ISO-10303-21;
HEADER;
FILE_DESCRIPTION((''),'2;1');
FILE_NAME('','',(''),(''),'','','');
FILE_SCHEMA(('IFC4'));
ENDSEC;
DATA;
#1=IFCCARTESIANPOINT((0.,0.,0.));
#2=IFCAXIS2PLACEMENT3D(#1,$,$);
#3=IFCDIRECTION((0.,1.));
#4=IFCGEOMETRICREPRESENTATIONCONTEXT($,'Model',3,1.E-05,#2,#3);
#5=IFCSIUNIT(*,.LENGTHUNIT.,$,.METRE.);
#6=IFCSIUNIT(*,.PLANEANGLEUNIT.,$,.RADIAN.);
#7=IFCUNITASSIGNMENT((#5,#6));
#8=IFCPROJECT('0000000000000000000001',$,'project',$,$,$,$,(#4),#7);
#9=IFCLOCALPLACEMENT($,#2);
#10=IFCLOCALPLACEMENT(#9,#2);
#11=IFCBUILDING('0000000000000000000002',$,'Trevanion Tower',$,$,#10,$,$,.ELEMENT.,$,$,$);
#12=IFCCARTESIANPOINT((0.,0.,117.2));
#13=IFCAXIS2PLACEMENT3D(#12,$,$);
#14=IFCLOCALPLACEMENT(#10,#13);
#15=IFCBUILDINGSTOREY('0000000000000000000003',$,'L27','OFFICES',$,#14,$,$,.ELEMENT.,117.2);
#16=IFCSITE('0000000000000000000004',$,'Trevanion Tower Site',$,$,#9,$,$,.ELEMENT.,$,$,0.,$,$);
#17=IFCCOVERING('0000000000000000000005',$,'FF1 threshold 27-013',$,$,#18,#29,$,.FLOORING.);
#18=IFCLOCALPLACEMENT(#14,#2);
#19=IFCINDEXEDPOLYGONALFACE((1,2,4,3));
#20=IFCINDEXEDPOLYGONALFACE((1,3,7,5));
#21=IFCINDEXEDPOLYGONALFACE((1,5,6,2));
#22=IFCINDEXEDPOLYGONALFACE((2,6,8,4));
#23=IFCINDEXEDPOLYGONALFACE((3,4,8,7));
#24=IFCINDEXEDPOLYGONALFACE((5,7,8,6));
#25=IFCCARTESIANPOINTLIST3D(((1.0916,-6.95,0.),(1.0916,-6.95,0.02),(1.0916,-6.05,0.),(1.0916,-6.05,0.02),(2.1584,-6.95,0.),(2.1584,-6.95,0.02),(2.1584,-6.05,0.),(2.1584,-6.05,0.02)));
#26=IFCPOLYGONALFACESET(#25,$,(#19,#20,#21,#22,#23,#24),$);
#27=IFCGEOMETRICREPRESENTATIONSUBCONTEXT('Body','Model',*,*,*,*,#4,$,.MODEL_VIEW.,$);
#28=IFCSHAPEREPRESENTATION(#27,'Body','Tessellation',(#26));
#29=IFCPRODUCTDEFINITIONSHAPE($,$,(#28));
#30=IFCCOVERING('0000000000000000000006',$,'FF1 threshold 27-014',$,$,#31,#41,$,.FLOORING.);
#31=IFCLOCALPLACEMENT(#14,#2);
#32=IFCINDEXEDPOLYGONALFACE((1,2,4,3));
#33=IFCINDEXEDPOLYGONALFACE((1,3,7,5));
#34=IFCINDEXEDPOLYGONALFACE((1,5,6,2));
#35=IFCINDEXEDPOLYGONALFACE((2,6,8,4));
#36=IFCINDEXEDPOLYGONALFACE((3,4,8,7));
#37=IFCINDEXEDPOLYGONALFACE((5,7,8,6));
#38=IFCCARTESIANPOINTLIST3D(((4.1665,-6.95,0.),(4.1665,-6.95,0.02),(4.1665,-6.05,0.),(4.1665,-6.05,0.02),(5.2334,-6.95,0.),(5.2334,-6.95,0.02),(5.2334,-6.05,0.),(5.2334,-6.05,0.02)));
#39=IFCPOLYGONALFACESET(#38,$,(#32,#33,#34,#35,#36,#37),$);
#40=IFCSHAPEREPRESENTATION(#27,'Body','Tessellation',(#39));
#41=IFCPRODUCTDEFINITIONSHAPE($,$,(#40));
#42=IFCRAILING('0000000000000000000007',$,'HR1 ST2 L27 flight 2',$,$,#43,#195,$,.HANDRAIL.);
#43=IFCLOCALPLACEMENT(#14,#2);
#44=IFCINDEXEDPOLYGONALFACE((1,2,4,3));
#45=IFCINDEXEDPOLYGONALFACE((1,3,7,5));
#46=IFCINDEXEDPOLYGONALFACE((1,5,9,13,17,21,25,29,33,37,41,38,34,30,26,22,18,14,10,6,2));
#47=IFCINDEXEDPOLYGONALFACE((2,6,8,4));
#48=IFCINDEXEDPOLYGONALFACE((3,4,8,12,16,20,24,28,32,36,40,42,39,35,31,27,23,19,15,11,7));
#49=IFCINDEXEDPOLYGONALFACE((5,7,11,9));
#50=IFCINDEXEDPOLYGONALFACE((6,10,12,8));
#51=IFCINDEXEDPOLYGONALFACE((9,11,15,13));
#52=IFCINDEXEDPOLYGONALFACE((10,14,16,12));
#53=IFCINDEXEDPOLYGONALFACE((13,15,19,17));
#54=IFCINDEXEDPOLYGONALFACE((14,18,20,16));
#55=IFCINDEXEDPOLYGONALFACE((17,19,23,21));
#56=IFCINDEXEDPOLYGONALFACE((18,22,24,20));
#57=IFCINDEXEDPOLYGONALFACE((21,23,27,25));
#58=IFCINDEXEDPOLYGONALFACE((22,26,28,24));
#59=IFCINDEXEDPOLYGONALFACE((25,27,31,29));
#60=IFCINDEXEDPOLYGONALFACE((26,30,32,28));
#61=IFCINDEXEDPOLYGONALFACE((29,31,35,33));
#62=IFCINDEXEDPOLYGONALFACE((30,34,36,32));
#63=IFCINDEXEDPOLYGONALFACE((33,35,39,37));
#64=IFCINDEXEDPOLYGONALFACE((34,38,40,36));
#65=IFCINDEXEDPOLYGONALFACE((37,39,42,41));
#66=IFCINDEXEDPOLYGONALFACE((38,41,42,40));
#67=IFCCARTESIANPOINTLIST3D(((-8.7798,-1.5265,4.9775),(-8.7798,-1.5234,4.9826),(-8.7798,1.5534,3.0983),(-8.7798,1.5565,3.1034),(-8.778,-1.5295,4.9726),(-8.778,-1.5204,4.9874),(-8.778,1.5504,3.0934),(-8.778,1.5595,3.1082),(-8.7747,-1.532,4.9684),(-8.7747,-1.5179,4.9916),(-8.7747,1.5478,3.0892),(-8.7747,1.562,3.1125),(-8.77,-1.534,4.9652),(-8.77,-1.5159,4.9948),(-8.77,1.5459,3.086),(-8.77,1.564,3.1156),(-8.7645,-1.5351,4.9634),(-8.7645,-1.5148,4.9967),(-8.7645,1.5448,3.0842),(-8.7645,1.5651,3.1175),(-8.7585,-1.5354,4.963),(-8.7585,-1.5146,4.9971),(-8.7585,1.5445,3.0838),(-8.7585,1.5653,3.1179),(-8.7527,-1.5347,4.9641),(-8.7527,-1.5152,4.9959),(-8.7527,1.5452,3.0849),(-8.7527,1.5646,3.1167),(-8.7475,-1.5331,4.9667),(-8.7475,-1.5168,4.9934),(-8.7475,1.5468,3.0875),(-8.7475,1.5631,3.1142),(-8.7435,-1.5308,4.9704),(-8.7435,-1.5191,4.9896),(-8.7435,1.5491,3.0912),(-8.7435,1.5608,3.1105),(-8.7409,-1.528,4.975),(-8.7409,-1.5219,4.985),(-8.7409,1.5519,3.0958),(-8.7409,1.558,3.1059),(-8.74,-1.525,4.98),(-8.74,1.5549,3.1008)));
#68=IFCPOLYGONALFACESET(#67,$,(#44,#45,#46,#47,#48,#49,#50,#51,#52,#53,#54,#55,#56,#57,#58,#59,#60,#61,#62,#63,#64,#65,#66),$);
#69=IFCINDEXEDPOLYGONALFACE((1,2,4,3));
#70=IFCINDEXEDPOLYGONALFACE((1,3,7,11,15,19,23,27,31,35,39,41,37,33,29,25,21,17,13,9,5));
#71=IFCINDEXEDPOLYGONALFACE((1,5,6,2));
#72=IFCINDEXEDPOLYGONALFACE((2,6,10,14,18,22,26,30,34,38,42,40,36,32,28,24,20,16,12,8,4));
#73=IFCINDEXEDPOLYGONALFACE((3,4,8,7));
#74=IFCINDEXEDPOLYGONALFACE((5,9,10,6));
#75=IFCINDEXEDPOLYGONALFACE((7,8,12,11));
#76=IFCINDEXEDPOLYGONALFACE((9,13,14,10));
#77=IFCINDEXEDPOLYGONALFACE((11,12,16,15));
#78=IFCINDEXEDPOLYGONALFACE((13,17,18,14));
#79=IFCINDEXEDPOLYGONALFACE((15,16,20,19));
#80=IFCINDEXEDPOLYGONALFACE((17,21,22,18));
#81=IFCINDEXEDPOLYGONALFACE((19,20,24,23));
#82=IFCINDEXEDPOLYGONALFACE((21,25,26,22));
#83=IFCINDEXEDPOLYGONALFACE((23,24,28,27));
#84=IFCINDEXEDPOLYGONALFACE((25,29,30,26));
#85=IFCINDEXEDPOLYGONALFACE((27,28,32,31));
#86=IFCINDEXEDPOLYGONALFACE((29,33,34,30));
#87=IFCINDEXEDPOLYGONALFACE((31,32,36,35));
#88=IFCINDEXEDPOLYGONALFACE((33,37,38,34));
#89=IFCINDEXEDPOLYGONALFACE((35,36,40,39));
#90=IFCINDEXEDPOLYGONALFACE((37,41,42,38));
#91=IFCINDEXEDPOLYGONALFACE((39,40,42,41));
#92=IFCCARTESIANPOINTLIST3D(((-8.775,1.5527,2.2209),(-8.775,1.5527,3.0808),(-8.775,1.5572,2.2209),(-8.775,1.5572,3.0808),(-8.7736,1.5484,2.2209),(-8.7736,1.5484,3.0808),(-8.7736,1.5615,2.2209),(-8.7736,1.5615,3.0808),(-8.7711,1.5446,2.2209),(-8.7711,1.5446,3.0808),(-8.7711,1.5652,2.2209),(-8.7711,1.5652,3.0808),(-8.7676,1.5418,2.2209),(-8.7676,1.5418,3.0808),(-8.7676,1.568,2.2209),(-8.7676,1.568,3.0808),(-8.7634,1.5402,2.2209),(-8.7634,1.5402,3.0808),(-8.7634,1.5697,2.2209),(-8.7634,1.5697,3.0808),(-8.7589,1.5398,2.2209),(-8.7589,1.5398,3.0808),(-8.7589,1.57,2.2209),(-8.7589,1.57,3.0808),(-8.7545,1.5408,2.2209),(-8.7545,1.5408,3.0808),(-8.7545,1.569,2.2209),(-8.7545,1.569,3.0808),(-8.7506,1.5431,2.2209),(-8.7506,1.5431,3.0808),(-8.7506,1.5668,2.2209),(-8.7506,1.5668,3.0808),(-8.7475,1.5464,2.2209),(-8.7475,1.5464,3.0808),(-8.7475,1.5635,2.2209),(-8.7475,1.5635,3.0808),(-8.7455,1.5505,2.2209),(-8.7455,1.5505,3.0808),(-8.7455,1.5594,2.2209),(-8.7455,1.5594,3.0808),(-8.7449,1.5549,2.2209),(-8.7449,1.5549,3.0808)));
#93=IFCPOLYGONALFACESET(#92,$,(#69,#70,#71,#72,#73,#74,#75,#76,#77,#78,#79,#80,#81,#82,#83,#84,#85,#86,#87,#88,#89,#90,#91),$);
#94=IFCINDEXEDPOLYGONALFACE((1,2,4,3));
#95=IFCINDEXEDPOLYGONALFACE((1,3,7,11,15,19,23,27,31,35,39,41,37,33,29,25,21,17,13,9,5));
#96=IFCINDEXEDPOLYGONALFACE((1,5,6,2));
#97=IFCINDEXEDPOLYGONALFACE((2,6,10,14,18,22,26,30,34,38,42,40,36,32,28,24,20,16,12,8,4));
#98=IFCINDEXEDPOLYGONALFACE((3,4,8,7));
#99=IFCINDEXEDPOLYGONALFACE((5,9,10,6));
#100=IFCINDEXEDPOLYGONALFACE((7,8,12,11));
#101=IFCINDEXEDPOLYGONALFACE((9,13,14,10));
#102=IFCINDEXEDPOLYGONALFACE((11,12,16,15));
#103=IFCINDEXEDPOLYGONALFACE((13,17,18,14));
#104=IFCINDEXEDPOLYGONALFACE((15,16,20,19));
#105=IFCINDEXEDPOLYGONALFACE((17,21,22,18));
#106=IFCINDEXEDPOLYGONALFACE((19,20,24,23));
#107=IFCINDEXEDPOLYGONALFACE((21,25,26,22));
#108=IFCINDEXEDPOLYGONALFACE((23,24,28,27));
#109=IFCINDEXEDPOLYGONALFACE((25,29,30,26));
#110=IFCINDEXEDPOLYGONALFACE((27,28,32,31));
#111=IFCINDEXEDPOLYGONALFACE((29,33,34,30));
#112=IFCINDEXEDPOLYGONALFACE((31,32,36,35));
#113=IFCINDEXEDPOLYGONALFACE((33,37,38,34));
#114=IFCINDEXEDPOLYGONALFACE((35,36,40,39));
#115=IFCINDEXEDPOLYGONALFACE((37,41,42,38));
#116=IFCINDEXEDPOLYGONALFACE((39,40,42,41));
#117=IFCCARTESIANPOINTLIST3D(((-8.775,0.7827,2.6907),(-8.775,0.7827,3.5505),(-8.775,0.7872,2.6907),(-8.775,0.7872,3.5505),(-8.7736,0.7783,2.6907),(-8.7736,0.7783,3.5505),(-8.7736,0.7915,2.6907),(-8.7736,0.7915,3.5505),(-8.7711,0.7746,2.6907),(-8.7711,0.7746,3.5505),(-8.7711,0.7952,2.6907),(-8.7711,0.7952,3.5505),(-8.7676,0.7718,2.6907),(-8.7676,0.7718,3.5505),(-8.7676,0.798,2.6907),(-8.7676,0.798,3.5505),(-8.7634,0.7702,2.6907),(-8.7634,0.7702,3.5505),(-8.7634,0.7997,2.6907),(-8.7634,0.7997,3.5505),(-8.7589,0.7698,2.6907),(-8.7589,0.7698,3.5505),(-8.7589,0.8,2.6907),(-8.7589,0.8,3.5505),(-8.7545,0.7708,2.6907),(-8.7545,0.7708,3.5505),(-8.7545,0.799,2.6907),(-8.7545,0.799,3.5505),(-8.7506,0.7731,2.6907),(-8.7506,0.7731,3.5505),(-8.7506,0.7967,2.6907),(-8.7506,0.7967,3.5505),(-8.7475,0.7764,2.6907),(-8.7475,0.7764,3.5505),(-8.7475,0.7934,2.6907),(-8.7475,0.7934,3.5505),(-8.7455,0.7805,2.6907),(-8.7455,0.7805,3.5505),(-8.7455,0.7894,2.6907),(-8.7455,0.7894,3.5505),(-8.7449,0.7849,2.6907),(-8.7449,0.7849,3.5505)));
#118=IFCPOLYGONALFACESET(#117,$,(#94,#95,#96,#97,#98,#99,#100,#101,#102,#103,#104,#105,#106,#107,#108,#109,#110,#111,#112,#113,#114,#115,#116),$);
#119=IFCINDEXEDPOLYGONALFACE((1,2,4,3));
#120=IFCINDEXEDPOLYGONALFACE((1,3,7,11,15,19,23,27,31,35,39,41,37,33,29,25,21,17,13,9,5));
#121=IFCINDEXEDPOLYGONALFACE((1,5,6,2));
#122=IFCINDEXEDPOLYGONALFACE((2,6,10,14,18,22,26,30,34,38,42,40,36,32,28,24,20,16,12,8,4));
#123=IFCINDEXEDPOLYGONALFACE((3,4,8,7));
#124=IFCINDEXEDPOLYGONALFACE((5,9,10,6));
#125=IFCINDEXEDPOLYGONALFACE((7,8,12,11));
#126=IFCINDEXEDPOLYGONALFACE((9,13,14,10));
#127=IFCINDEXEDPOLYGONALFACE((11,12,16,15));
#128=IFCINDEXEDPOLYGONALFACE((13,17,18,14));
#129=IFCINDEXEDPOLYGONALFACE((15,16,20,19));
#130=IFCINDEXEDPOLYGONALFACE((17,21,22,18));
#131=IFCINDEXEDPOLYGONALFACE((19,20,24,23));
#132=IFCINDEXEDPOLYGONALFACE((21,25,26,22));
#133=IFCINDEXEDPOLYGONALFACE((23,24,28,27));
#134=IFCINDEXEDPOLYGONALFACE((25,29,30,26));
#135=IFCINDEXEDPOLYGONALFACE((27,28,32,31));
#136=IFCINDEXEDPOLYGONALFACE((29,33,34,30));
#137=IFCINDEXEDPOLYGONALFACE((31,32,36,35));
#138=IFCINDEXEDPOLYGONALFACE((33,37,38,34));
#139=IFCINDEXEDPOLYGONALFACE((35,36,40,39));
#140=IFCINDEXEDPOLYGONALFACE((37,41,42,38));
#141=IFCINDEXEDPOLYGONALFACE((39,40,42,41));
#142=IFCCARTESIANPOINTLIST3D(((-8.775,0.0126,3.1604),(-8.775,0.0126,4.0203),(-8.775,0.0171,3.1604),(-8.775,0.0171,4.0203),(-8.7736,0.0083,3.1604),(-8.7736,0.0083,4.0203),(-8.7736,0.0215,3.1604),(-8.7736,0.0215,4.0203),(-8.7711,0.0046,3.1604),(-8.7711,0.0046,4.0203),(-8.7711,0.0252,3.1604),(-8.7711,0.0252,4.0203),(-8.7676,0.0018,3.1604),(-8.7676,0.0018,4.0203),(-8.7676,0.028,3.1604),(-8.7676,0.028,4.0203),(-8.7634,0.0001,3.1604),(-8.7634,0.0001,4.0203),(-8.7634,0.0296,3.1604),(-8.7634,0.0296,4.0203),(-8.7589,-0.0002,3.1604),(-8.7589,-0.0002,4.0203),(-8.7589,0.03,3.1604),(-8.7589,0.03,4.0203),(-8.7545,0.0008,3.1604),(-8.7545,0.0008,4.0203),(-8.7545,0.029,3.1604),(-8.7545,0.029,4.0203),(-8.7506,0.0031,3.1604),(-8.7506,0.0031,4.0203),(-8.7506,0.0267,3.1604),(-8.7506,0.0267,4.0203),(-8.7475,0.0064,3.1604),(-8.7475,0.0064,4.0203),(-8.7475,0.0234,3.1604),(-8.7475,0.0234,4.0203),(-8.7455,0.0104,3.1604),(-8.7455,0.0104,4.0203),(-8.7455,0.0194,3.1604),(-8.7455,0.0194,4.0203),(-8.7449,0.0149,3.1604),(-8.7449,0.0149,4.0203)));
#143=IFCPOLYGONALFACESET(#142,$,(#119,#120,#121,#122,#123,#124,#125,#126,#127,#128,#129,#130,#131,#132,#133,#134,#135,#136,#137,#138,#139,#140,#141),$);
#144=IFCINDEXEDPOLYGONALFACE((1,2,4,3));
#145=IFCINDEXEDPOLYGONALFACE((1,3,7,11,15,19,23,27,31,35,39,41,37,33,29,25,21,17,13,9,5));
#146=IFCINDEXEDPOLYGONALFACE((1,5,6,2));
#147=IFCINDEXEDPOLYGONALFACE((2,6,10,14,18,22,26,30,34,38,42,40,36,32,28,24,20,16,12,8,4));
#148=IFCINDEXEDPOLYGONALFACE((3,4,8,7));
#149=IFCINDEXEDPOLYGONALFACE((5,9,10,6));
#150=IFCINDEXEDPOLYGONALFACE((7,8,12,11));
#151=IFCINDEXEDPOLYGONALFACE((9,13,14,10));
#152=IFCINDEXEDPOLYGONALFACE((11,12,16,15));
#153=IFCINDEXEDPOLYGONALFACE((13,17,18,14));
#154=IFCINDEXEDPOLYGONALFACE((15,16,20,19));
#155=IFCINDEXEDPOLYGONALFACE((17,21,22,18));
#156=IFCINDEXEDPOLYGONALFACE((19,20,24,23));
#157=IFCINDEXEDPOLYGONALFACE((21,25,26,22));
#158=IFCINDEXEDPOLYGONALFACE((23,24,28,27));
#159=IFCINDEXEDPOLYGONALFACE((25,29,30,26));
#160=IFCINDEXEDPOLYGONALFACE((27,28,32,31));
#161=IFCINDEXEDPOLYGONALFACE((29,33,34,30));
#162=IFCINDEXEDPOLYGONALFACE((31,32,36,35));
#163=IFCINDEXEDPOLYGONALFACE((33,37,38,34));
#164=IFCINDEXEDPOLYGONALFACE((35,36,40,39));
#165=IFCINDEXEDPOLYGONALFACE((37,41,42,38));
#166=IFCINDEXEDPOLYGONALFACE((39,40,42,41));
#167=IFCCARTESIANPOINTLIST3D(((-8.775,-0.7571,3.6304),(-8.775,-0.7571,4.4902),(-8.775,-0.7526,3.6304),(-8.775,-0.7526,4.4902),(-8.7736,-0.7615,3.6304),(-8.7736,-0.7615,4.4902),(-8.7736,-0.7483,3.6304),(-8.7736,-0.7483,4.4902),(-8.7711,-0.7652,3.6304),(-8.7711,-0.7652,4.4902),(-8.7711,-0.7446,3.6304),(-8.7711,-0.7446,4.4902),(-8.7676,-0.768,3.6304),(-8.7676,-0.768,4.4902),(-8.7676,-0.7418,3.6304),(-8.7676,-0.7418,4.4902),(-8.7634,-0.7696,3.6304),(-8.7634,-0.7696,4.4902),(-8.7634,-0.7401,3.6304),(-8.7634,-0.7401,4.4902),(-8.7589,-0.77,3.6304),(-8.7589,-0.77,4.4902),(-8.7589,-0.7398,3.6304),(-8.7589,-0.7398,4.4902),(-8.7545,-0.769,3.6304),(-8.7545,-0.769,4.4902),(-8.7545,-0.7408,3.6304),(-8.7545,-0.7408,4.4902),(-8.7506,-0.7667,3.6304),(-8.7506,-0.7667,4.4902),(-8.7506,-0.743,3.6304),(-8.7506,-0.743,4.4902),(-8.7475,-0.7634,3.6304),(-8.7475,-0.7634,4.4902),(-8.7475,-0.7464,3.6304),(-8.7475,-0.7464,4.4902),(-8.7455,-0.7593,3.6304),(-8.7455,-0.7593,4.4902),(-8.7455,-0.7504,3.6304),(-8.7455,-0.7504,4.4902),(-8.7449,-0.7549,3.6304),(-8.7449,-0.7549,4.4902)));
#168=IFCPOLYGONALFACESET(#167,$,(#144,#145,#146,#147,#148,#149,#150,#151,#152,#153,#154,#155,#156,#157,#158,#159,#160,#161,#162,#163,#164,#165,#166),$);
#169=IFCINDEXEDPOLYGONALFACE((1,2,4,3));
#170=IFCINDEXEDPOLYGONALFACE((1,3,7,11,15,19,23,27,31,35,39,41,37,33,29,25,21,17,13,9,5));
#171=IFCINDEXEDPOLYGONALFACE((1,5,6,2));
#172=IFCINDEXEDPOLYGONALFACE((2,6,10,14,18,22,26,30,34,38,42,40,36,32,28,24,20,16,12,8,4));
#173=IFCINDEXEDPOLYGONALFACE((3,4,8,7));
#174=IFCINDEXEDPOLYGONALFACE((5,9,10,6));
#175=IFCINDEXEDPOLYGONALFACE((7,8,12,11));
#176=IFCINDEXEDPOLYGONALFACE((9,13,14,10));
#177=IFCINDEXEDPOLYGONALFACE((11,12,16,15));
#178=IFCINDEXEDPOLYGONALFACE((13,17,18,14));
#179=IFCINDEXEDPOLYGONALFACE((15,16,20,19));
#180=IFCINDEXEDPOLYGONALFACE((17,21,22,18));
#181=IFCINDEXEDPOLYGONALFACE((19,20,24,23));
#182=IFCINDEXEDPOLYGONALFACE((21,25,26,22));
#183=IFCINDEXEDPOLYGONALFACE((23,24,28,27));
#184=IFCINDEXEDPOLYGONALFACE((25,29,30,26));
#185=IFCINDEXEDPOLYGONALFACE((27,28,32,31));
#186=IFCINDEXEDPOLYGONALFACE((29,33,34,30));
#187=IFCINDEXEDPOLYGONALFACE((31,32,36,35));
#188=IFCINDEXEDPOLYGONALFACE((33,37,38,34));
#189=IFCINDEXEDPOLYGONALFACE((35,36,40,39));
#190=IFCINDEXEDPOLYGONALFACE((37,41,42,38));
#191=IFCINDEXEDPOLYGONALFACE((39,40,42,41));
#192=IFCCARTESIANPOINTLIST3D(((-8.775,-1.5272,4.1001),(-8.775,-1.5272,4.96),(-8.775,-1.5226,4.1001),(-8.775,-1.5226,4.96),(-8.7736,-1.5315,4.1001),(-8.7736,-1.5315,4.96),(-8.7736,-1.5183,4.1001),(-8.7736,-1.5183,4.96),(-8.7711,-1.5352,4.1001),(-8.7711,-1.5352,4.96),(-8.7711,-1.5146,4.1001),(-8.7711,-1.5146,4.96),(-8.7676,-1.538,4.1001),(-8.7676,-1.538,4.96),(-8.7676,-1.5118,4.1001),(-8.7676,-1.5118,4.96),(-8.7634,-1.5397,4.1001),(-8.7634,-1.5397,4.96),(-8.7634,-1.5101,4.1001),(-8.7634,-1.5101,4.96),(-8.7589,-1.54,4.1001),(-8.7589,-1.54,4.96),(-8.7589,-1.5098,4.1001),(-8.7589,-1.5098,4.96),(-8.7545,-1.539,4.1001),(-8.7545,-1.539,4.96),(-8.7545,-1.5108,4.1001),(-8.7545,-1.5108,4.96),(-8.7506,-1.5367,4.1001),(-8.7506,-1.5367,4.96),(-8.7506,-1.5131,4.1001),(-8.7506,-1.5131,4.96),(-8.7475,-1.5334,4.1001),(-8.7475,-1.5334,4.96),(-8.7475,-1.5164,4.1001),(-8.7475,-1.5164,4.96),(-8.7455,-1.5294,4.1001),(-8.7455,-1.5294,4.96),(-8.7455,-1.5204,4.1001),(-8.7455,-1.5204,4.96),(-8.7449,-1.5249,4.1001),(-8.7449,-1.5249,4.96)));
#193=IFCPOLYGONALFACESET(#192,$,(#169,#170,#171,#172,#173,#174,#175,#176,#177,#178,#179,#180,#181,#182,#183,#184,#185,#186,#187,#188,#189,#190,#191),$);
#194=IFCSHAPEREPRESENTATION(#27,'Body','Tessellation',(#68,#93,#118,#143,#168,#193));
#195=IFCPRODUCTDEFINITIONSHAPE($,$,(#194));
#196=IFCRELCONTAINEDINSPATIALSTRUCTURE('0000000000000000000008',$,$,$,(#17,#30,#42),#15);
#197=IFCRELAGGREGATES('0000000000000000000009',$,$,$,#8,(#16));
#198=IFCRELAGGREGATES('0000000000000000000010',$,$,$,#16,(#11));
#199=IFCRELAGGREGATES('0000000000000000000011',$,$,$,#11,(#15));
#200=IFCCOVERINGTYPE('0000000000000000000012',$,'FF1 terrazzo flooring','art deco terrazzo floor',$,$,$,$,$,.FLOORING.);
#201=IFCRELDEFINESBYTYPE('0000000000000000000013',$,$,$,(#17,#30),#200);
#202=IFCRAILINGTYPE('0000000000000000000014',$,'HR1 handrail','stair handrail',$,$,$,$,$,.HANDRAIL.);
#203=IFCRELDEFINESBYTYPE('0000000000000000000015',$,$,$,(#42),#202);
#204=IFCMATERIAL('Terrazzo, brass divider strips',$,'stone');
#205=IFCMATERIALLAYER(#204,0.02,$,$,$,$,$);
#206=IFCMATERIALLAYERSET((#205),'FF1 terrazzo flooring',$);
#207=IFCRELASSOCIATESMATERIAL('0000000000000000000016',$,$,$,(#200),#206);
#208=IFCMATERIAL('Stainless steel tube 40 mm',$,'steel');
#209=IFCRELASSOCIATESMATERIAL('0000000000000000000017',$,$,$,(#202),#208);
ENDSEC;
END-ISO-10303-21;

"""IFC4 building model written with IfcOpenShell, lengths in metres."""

from ifc_helpers import new_model, si_unit, direction, frame, origin, origin_2d, place, context, subcontext, project, spatial, polyline, circle, outline, extrude, material, layer, layer_set, type_object, element, save


model = new_model("IFC4")

# Units and contexts
model_context = context("Model", 3, precision=1e-05, world=origin(), true_north=direction((0.0, 1.0)))
body_context = subcontext(model_context, "Body", "Model", "MODEL_VIEW")
ifc_project = project(units=[si_unit("LENGTHUNIT", "METRE"), si_unit("PLANEANGLEUNIT", "RADIAN")], contexts=[model_context])

# Site, building, storey
site_placement = place(None, origin())
site = spatial("IfcSite", under=ifc_project, at=site_placement, Name="Trevanion Tower Site", CompositionType="ELEMENT", RefElevation=0.0)
building_placement = place(site_placement, origin())
building = spatial("IfcBuilding", under=site, at=building_placement, Name="Trevanion Tower", CompositionType="ELEMENT")
storey_placement = place(building_placement, frame((0.0, 0.0, 117.2)))
storey = spatial("IfcBuildingStorey", under=building, at=storey_placement, Name="L27", Description="OFFICES", CompositionType="ELEMENT", Elevation=117.2)

# Coverings
ifc_material_1 = material(Name="Terrazzo, brass divider strips", Category="stone")
ifc_layer_1 = layer(ifc_material_1, 0.02)
ifc_layer_set_1 = layer_set([ifc_layer_1], Name="FF1 terrazzo flooring")
covering_type = type_object("IfcCoveringType", Name="FF1 terrazzo flooring", Description="art deco terrazzo floor", PredefinedType="FLOORING", material=ifc_layer_set_1)
covering_1_placement = place(storey_placement, origin())
element("IfcCovering", 1, at=covering_1_placement, inside=storey, type_object=covering_type, Name="FF1 threshold 27-013", PredefinedType="FLOORING", context=body_context, shape_type="SweptSolid", body=[
    extrude(outline(polyline([(1.0916, -6.95), (2.1584, -6.95), (2.1584, -6.05), (1.0916, -6.05), (1.0916, -6.95)])), origin(), (0.0, 0.0, 1.0), 0.02),
])
covering_2_placement = place(storey_placement, origin())
element("IfcCovering", 2, at=covering_2_placement, inside=storey, type_object=covering_type, Name="FF1 threshold 27-014", PredefinedType="FLOORING", context=body_context, shape_type="SweptSolid", body=[
    extrude(outline(polyline([(4.1665, -6.95), (5.2334, -6.95), (5.2334, -6.05), (4.1665, -6.05), (4.1665, -6.95)])), origin(), (0.0, 0.0, 1.0), 0.02),
])

# Railing
ifc_material_2 = material(Name="Stainless steel tube 40 mm", Category="steel")
railing_type = type_object("IfcRailingType", Name="HR1 handrail", Description="stair handrail", PredefinedType="HANDRAIL", material=ifc_material_2)
for number, where, name in (
    (3, (-8.76, 1.5549, 2.2209), "HR1 ST2 L27 flight 2"),
):
    element("IfcRailing", number, at=place(storey_placement, frame(where)), inside=storey, type_object=railing_type, Name=name, PredefinedType="HANDRAIL", context=body_context, shape_type="SweptSolid", body=[
        extrude(circle(Radius=0.02, at=origin_2d()), frame((0.0, 0.0, 0.8799), z_axis=(0.0, -0.853648, 0.52085), x_axis=(1.0, 0.0, 0.0)), (0.0, 0.0, 1.0), 3.6079),
        extrude(circle(Radius=0.0151, at=origin_2d()), origin(), (0.0, 0.0, 1.0), 0.8599),
        extrude(circle(Radius=0.0151, at=origin_2d()), frame((0.0, -0.77, 0.4697)), (0.0, 0.0, 1.0), 0.8599),
        extrude(circle(Radius=0.0151, at=origin_2d()), frame((0.0, -1.54, 0.9395)), (0.0, 0.0, 1.0), 0.8599),
        extrude(circle(Radius=0.0151, at=origin_2d()), frame((0.0, -2.3098, 1.4094)), (0.0, 0.0, 1.0), 0.8599),
        extrude(circle(Radius=0.0151, at=origin_2d()), frame((0.0, -3.0798, 1.8792)), (0.0, 0.0, 1.0), 0.8599),
    ])

save(model, "model.ifc")
